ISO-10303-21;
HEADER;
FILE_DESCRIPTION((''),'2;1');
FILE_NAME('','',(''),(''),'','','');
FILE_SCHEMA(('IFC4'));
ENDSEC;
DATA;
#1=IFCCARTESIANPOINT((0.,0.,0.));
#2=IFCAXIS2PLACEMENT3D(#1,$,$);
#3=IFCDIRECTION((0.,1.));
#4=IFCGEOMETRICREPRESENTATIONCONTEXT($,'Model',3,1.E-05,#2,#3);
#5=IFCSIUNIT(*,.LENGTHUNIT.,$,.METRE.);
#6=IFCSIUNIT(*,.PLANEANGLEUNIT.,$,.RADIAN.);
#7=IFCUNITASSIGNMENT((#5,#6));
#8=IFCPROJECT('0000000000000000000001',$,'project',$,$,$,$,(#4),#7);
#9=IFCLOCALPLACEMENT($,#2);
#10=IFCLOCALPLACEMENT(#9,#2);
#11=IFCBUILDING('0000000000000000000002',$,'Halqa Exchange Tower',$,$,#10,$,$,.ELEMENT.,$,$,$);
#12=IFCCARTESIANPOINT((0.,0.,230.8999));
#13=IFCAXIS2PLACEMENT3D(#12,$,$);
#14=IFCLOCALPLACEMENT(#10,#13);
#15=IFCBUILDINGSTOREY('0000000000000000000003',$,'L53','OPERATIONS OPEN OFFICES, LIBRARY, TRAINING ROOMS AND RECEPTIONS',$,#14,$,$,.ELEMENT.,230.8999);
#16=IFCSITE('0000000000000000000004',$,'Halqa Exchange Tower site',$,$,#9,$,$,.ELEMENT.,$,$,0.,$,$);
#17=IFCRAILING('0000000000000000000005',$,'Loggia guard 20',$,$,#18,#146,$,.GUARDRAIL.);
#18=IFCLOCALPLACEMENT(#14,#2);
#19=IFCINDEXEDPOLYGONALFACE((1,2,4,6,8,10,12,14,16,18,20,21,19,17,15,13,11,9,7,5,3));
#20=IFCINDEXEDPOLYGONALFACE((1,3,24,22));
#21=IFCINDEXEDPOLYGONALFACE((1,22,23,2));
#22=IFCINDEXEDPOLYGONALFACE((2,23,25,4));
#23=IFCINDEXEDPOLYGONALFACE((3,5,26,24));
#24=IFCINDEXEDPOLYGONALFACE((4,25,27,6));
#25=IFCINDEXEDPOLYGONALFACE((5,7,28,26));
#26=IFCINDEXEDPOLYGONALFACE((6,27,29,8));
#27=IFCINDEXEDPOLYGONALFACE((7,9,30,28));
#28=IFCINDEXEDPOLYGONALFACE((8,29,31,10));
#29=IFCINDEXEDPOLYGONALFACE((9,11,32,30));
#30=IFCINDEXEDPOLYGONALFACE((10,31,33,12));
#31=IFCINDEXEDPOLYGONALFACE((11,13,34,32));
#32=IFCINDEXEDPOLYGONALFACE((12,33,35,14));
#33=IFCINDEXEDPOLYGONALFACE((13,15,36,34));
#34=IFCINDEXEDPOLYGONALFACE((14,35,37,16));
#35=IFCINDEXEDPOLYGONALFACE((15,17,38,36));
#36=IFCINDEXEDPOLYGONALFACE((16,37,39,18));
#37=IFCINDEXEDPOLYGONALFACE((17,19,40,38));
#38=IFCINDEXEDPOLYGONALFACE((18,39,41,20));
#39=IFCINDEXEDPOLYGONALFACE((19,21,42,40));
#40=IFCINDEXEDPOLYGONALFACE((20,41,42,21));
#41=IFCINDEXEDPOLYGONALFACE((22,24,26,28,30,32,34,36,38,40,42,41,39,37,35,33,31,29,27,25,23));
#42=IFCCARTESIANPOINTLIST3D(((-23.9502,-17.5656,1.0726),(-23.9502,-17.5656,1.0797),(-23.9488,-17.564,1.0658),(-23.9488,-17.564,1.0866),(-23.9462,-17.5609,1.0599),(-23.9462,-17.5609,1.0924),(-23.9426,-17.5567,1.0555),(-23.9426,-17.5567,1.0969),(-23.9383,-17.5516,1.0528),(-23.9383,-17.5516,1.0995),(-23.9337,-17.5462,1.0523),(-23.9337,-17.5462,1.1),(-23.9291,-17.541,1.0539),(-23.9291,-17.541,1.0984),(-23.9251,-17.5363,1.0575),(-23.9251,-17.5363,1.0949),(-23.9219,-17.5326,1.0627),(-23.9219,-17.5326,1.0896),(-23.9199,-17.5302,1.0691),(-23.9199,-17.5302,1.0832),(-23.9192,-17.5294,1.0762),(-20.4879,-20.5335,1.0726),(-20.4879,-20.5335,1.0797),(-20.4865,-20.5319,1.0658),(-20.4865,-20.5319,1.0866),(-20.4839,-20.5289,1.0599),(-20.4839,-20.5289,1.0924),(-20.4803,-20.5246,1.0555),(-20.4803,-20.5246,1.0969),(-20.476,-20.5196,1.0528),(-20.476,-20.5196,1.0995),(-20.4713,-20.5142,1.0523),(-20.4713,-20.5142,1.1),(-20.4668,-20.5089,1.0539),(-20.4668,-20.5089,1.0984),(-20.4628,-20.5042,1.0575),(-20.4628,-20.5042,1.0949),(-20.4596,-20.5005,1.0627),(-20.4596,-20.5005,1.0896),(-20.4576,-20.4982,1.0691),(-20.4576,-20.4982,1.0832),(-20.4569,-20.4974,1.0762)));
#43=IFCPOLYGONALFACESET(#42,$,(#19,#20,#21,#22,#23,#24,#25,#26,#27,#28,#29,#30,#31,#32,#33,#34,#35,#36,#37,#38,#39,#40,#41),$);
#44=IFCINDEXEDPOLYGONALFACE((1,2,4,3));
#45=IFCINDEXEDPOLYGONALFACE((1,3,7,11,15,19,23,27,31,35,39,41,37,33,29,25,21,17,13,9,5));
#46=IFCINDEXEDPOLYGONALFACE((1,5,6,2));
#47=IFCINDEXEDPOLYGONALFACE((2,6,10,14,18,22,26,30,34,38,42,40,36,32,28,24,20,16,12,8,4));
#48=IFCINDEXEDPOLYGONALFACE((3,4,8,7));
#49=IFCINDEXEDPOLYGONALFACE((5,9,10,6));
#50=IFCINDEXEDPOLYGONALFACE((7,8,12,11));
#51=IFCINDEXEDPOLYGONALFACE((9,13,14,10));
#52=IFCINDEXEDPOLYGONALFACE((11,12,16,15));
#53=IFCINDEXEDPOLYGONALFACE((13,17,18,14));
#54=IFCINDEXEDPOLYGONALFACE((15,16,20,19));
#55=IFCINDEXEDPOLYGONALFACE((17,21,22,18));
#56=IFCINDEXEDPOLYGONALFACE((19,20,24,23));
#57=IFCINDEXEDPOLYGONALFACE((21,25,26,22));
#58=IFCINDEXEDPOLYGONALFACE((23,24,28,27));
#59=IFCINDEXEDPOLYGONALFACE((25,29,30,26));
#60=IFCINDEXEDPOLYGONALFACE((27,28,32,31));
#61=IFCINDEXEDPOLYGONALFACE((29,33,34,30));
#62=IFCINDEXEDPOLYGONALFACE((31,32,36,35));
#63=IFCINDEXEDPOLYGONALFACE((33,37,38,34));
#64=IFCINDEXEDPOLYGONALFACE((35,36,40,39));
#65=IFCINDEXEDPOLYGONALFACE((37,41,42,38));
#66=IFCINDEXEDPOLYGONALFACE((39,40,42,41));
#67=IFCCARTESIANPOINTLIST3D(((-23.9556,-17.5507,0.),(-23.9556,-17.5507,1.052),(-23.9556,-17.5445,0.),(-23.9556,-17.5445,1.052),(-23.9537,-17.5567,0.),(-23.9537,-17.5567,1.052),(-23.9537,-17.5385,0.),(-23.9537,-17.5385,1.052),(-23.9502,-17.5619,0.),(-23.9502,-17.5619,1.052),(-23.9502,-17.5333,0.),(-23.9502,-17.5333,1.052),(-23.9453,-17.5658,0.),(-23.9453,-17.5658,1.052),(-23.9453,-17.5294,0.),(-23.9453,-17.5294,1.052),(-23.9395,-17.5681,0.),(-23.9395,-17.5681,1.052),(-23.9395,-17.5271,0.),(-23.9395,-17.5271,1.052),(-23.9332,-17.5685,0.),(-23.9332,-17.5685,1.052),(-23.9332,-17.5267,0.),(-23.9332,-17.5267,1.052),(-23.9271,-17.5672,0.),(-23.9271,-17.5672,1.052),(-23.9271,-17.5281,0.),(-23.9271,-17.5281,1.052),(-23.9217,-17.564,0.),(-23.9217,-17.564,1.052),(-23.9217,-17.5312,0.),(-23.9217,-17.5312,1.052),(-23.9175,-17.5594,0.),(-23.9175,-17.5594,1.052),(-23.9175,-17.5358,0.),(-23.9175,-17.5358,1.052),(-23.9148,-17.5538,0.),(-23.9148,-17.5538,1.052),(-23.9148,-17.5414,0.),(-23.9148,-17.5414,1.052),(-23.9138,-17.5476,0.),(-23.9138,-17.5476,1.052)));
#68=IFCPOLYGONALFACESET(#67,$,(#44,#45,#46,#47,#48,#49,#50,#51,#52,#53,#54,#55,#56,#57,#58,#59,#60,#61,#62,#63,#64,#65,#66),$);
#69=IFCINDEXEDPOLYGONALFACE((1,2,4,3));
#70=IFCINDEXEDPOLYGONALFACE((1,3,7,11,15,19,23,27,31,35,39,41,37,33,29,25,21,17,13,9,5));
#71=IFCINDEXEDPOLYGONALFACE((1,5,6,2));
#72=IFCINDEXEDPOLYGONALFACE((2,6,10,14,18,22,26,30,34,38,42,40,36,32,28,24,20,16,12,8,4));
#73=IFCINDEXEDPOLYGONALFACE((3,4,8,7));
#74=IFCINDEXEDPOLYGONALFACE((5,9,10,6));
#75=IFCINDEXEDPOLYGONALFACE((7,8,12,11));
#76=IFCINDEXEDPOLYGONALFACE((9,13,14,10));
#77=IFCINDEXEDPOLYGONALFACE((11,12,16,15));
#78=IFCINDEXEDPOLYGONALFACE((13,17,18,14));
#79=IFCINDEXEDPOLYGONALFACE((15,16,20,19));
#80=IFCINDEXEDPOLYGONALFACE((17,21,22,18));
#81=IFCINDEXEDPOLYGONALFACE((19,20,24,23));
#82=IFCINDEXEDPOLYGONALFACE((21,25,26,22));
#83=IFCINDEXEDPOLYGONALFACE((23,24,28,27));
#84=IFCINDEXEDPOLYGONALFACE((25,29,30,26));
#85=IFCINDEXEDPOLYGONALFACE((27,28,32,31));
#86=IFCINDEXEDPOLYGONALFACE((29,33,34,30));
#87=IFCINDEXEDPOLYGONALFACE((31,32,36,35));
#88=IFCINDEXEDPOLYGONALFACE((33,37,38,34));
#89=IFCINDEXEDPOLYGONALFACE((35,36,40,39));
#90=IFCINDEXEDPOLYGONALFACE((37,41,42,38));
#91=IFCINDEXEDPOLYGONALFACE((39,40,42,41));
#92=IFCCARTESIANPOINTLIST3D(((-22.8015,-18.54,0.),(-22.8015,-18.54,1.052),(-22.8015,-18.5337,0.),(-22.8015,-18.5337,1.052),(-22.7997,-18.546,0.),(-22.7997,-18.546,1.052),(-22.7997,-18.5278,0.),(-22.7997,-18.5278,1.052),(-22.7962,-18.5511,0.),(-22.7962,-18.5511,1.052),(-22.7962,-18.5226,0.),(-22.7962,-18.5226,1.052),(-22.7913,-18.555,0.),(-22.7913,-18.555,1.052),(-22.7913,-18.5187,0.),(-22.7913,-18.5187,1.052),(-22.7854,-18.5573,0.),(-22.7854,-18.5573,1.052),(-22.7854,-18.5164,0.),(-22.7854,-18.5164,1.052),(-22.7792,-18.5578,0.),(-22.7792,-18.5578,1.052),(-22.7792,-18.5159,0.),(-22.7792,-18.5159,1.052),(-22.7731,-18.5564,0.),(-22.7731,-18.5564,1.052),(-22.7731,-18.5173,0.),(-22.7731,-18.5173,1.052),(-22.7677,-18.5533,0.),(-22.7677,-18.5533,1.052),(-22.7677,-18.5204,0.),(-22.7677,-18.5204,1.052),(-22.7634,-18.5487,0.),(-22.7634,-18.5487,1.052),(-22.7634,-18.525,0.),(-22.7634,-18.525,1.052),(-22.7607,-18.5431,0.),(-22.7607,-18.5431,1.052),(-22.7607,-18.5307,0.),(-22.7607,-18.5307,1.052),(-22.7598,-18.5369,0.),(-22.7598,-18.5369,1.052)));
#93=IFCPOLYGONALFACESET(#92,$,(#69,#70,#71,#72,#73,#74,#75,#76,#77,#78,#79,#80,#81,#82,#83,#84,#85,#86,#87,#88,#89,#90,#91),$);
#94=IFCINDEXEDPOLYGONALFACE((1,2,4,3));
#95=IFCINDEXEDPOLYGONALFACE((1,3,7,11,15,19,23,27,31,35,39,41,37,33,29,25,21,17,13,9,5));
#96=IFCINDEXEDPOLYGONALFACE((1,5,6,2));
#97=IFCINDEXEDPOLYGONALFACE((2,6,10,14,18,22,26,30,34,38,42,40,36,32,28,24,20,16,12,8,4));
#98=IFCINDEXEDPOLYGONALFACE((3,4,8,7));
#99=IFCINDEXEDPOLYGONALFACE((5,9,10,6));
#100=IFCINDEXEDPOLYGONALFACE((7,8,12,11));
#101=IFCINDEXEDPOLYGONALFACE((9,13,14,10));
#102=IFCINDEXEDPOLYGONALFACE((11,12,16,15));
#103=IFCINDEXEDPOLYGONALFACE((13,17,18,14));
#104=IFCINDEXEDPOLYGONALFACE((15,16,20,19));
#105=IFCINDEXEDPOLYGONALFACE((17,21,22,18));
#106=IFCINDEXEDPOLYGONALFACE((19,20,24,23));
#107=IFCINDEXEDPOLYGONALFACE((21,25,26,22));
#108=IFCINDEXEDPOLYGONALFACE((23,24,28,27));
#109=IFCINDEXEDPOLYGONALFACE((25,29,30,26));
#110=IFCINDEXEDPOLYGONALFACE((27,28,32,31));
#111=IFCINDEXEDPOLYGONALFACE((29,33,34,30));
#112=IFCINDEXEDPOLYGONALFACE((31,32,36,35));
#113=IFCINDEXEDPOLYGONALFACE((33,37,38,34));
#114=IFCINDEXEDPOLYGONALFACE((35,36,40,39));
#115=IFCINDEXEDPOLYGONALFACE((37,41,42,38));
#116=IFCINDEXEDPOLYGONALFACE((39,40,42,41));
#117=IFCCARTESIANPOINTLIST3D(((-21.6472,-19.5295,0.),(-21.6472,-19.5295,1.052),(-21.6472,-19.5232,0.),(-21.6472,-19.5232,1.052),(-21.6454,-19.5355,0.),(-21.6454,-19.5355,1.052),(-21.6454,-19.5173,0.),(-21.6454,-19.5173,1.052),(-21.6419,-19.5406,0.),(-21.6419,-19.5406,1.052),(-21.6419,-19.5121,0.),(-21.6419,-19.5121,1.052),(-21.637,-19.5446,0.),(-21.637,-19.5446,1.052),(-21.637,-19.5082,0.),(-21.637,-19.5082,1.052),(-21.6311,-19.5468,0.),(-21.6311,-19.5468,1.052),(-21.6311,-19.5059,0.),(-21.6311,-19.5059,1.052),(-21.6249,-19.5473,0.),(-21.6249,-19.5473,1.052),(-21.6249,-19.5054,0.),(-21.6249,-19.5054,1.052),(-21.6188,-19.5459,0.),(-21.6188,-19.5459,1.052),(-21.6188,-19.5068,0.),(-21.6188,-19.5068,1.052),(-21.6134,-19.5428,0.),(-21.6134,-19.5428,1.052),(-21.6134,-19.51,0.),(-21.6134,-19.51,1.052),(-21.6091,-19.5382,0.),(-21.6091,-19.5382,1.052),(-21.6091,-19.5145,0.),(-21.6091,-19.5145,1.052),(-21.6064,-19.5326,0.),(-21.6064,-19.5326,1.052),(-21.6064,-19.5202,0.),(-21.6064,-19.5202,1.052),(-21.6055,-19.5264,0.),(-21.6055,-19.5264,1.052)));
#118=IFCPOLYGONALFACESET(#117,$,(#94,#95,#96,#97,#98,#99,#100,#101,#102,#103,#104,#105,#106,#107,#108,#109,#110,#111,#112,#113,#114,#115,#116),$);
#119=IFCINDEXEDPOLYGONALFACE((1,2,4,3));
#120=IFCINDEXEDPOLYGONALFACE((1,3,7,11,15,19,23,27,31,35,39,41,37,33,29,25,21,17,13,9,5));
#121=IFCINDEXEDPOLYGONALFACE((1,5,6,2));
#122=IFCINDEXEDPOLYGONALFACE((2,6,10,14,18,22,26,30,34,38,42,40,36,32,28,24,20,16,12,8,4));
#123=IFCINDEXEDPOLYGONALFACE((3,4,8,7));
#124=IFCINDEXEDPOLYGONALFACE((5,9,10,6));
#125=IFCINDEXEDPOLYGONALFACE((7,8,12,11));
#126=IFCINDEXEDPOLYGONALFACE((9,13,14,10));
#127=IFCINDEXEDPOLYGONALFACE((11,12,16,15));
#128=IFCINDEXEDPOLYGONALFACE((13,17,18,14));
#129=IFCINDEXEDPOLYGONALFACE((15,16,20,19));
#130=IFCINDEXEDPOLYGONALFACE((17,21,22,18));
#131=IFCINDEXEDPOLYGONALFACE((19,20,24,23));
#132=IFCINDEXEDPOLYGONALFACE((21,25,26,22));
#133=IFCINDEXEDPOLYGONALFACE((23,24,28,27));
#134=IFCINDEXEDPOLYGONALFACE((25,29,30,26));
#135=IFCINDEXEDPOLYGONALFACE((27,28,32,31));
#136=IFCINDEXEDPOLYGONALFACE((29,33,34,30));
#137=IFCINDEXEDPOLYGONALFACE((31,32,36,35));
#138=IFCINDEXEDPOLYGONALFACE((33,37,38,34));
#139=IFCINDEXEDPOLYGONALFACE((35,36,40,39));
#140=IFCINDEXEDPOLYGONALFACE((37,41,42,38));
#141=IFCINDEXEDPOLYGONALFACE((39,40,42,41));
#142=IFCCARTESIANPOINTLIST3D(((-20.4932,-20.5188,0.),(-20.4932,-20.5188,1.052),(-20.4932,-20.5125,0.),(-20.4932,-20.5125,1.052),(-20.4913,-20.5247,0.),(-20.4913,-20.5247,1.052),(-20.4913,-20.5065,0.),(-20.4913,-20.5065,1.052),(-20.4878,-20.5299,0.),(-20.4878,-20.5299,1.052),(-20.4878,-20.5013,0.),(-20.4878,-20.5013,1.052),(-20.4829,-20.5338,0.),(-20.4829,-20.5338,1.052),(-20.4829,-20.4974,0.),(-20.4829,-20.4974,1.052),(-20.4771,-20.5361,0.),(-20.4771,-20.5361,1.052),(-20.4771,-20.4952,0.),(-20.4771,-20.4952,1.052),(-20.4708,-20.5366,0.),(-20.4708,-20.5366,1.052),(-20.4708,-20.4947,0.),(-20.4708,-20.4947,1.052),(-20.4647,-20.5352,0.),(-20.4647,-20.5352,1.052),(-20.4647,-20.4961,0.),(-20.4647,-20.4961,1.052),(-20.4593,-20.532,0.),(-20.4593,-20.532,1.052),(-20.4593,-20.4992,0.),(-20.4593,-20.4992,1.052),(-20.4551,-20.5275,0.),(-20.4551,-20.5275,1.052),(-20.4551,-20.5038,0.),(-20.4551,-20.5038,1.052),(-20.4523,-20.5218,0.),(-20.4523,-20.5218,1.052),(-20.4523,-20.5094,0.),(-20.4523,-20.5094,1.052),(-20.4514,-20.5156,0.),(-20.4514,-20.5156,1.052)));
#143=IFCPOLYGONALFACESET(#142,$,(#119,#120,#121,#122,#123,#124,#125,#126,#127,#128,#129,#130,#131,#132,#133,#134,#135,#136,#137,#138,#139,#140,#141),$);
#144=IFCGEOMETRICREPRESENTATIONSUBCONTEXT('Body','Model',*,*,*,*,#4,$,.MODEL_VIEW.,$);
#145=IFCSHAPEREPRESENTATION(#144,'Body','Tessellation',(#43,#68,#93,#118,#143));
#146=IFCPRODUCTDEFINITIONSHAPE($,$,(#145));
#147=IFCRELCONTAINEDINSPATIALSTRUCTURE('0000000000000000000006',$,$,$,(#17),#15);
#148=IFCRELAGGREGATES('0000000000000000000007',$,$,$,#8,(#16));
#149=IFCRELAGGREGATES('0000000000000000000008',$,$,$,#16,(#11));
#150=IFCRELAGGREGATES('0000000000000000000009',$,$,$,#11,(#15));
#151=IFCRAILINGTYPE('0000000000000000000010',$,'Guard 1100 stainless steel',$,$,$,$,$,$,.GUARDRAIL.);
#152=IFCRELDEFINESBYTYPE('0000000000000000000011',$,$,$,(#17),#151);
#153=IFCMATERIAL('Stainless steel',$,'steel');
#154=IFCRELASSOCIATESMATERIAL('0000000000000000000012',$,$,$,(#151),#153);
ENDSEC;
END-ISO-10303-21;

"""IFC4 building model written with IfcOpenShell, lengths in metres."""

from ifc_helpers import new_model, si_unit, direction, frame, origin, origin_2d, place, context, subcontext, project, spatial, circle, extrude, material, type_object, element, save


model = new_model("IFC4")

# Units and contexts
model_context = context("Model", 3, precision=1e-05, world=origin(), true_north=direction((0.0, 1.0)))
body_context = subcontext(model_context, "Body", "Model", "MODEL_VIEW")
ifc_project = project(units=[si_unit("LENGTHUNIT", "METRE"), si_unit("PLANEANGLEUNIT", "RADIAN")], contexts=[model_context])

# Site, building, storey
site_placement = place(None, origin())
site = spatial("IfcSite", under=ifc_project, at=site_placement, Name="Halqa Exchange Tower site", CompositionType="ELEMENT", RefElevation=0.0)
building_placement = place(site_placement, origin())
building = spatial("IfcBuilding", under=site, at=building_placement, Name="Halqa Exchange Tower", CompositionType="ELEMENT")
storey_placement = place(building_placement, frame((0.0, 0.0, 230.8999)))
storey = spatial("IfcBuildingStorey", under=building, at=storey_placement, Name="L53", Description="OPERATIONS OPEN OFFICES, LIBRARY, TRAINING ROOMS AND RECEPTIONS", CompositionType="ELEMENT", Elevation=230.8999)

# Railing
ifc_material_1 = material(Name="Stainless steel", Category="steel")
railing_type = type_object("IfcRailingType", Name="Guard 1100 stainless steel", PredefinedType="GUARDRAIL", material=ifc_material_1)
railing_1_placement = place(storey_placement, frame((-23.9348, -17.5476, 0.0)))
element("IfcRailing", 1, at=railing_1_placement, inside=storey, type_object=railing_type, Name="Loggia guard 20", PredefinedType="GUARDRAIL", context=body_context, shape_type="SweptSolid", body=[
    extrude(circle(Radius=0.0239, at=origin_2d()), frame((0.0, 0.0, 1.0762), z_axis=(0.75923, -0.650822, 0.0), x_axis=(0.650822, 0.75923, 0.0)), (0.0, 0.0, 1.0), 4.5603),
    extrude(circle(Radius=0.021, at=origin_2d()), origin(), (0.0, 0.0, 1.0), 1.052),
    extrude(circle(Radius=0.021, at=origin_2d()), frame((1.1541, -0.9893, 0.0)), (0.0, 0.0, 1.0), 1.052),
    extrude(circle(Radius=0.021, at=origin_2d()), frame((2.3083, -1.9788, 0.0)), (0.0, 0.0, 1.0), 1.052),
    extrude(circle(Radius=0.021, at=origin_2d()), frame((3.4624, -2.968, 0.0)), (0.0, 0.0, 1.0), 1.052),
])

save(model, "model.ifc")
